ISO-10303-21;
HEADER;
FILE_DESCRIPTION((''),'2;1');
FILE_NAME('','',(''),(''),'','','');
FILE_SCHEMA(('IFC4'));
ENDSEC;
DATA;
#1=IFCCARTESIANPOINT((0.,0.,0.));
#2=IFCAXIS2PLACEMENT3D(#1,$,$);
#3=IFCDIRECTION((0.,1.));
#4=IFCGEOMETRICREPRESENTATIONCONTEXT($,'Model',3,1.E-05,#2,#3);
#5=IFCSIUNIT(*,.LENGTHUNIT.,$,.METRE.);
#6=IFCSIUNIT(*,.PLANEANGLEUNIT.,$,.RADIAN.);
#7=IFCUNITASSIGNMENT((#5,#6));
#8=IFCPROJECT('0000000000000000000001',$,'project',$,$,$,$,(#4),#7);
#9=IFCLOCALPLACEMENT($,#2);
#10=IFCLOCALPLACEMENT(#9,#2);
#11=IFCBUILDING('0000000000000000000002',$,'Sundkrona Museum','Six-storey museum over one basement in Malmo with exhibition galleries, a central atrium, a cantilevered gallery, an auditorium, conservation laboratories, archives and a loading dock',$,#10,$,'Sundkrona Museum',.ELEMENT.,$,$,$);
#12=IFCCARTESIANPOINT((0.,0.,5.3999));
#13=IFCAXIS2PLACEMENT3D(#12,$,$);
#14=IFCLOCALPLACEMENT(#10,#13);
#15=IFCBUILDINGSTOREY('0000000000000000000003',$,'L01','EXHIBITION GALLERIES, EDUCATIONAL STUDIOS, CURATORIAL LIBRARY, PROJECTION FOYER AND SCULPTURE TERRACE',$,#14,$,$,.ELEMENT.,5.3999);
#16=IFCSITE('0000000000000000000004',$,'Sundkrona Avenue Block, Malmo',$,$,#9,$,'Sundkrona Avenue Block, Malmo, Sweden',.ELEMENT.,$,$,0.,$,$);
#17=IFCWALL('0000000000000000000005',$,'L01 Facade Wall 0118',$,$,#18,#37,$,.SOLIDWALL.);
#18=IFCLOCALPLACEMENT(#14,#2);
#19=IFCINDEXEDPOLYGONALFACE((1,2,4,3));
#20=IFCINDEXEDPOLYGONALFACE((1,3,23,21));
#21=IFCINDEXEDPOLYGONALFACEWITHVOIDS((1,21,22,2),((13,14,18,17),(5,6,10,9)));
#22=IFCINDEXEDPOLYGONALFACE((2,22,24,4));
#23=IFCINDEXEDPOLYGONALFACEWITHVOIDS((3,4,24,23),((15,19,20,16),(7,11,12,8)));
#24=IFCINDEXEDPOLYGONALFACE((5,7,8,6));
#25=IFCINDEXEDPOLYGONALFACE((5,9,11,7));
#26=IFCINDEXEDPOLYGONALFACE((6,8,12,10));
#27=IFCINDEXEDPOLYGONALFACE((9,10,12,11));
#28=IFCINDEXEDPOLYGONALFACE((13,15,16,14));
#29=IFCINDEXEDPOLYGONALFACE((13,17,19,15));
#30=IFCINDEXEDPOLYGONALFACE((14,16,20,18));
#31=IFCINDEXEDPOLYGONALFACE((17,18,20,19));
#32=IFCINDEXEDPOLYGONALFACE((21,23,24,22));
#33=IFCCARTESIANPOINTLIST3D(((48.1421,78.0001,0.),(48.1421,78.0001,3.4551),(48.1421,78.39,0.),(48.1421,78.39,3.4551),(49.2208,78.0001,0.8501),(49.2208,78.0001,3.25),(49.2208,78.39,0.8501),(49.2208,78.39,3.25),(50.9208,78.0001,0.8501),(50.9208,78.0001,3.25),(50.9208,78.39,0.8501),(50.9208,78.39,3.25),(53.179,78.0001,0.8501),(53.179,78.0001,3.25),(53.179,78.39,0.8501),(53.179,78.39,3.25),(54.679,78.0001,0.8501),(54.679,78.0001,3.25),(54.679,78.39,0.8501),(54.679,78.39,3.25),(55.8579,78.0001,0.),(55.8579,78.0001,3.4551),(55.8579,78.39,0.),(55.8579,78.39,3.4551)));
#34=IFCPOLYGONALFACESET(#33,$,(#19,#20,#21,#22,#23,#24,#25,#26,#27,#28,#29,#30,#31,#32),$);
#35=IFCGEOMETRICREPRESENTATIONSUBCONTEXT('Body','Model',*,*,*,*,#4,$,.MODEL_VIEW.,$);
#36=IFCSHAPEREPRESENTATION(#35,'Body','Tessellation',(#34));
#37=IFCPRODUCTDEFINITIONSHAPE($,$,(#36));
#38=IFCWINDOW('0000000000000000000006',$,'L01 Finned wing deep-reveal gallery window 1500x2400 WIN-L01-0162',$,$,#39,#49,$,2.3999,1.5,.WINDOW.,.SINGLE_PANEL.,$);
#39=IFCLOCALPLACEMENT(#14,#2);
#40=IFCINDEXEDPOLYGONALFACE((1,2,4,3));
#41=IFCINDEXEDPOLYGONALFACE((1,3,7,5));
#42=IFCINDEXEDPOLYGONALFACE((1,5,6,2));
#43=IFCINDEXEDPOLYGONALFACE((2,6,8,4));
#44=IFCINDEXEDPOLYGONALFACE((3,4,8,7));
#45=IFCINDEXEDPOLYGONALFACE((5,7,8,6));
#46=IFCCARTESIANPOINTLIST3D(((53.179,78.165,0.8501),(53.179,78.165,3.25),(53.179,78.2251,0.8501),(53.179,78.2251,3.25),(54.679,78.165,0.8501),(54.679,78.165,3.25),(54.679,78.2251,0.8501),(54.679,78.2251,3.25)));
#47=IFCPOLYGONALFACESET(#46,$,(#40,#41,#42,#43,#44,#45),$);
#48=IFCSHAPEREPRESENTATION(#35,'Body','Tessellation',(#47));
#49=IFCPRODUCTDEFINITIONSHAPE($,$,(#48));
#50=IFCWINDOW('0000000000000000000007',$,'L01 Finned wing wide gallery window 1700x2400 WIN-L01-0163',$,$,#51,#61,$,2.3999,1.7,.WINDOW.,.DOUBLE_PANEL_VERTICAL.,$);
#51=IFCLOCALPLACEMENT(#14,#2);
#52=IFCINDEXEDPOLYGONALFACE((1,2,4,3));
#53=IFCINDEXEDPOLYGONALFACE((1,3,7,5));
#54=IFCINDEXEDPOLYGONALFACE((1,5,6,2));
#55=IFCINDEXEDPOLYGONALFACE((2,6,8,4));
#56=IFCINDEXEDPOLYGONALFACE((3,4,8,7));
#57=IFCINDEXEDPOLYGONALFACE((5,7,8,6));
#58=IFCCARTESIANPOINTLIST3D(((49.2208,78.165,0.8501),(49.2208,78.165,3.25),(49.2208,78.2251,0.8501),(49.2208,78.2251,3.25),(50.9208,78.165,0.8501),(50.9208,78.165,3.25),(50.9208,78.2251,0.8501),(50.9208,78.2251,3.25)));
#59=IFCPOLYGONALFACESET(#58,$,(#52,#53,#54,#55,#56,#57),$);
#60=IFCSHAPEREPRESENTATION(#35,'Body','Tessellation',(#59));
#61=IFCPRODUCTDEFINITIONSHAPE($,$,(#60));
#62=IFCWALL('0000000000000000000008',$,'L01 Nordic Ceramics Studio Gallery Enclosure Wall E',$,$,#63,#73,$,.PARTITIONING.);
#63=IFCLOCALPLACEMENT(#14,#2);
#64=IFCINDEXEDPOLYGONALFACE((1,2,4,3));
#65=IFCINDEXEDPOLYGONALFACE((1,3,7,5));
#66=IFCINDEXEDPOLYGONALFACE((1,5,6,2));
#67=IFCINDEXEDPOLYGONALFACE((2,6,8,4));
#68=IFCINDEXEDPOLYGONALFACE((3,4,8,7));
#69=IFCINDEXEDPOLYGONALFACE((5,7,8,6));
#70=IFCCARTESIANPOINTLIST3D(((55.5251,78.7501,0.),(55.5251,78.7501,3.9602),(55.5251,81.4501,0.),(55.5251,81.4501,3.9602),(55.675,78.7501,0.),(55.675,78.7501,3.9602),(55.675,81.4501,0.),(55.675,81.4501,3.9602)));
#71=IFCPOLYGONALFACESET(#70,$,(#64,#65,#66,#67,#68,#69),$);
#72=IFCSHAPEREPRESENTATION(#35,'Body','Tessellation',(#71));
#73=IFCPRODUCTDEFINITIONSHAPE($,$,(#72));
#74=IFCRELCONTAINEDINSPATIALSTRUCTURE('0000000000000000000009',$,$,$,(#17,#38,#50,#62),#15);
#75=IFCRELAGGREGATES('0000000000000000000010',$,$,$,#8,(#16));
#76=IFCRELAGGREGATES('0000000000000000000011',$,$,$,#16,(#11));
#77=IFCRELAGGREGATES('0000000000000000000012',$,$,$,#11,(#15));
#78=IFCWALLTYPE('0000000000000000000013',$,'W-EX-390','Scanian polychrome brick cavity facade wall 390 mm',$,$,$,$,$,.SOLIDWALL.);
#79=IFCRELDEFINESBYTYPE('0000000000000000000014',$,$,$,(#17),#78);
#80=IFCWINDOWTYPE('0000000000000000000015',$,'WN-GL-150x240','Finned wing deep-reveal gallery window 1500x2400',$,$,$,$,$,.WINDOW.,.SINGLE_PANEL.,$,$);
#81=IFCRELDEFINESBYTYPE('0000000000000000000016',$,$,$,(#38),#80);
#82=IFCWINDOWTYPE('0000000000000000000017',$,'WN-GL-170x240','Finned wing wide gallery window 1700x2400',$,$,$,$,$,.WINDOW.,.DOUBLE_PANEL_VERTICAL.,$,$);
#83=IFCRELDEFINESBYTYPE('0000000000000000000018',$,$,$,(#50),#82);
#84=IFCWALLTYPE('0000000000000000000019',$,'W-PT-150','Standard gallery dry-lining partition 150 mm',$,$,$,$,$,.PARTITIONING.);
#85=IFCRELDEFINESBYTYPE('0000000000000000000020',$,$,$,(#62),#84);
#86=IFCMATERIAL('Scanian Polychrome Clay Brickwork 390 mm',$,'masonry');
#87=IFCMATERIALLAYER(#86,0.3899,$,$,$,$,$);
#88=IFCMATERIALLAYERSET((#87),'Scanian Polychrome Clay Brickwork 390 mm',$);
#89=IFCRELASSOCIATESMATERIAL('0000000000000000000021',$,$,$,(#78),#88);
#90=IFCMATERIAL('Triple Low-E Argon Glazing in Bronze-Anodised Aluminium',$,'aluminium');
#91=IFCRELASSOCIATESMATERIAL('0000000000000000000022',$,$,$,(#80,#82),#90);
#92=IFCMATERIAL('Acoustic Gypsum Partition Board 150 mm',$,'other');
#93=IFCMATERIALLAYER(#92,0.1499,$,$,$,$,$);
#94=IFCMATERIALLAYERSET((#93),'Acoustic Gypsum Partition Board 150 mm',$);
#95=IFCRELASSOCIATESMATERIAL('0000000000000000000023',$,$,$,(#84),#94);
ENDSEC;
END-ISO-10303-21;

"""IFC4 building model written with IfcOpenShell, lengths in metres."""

from ifc_helpers import new_model, si_unit, direction, frame, frame_2d, origin, place, context, subcontext, project, spatial, rectangle, extrude, material, layer, layer_set, type_object, element, fill, save


model = new_model("IFC4")

# Units and contexts
model_context = context("Model", 3, precision=1e-05, world=origin(), true_north=direction((0.0, 1.0)))
body_context = subcontext(model_context, "Body", "Model", "MODEL_VIEW")
ifc_project = project(units=[si_unit("LENGTHUNIT", "METRE"), si_unit("PLANEANGLEUNIT", "RADIAN")], contexts=[model_context])

# Site, building, storey
site_placement = place(None, origin())
site = spatial("IfcSite", under=ifc_project, at=site_placement, Name="Sundkrona Avenue Block, Malmo", LongName="Sundkrona Avenue Block, Malmo, Sweden", CompositionType="ELEMENT", RefElevation=0.0)
building_placement = place(site_placement, origin())
building = spatial("IfcBuilding", under=site, at=building_placement, Name="Sundkrona Museum", Description="Six-storey museum over one basement in Malmo with exhibition galleries, a central atrium, a cantilevered gallery, an auditorium, conservation laboratories, archives and a loading dock", LongName="Sundkrona Museum", CompositionType="ELEMENT")
storey_placement = place(building_placement, frame((0.0, 0.0, 5.3999)))
storey = spatial("IfcBuildingStorey", under=building, at=storey_placement, Name="L01", Description="EXHIBITION GALLERIES, EDUCATIONAL STUDIOS, CURATORIAL LIBRARY, PROJECTION FOYER AND SCULPTURE TERRACE", CompositionType="ELEMENT", Elevation=5.3999)

# Wall, openings, windows
ifc_material_1 = material(Name="Scanian Polychrome Clay Brickwork 390 mm", Category="masonry")
ifc_layer_1 = layer(ifc_material_1, 0.3899)
ifc_layer_set_1 = layer_set([ifc_layer_1], Name="Scanian Polychrome Clay Brickwork 390 mm")
wall_type_1 = type_object("IfcWallType", Name="W-EX-390", Description="Scanian polychrome brick cavity facade wall 390 mm", PredefinedType="SOLIDWALL", material=ifc_layer_set_1)
ifc_material_2 = material(Name="Triple Low-E Argon Glazing in Bronze-Anodised Aluminium", Category="aluminium")
window_type_1 = type_object("IfcWindowType", Name="WN-GL-150x240", Description="Finned wing deep-reveal gallery window 1500x2400", PartitioningType="SINGLE_PANEL", PredefinedType="WINDOW", material=ifc_material_2)
window_type_2 = type_object("IfcWindowType", Name="WN-GL-170x240", Description="Finned wing wide gallery window 1700x2400", PartitioningType="DOUBLE_PANEL_VERTICAL", PredefinedType="WINDOW", material=ifc_material_2)
wall_1_placement = place(storey_placement, frame((55.8579, 78.1951, 0.0), z_axis=(0.0, 0.0, 1.0), x_axis=(-1.0, 0.0, 0.0)))
wall_1 = element("IfcWall", 1, at=wall_1_placement, inside=storey, type_object=wall_type_1, Name="L01 Facade Wall 0118", PredefinedType="SOLIDWALL", context=body_context, shape_type="SweptSolid", body=[
    extrude(rectangle(XDim=7.7158, YDim=0.3899, at=frame_2d((3.8579, 0.0))), origin(), (0.0, 0.0, 1.0), 3.4551),
])
opening_1_placement = place(wall_1_placement, frame((1.179, 0.0, 0.8501)))
opening_1 = element("IfcOpeningElement", 2, at=opening_1_placement, cuts=wall_1, PredefinedType="OPENING", context=body_context, shape_type="SweptSolid", body=[
    extrude(rectangle(XDim=1.5, YDim=2.3999, at=frame_2d((0.75, 1.2))), frame((0.0, 0.2048, 0.0), z_axis=(0.0, -1.0, 0.0), x_axis=(1.0, 0.0, 0.0)), (0.0, 0.0, 1.0), 0.4099),
])
opening_2_placement = place(wall_1_placement, frame((4.937, 0.0, 0.8501)))
opening_2 = element("IfcOpeningElement", 3, at=opening_2_placement, cuts=wall_1, PredefinedType="OPENING", context=body_context, shape_type="SweptSolid", body=[
    extrude(rectangle(XDim=1.7, YDim=2.3999, at=frame_2d((0.8501, 1.2))), frame((0.0, 0.2048, 0.0), z_axis=(0.0, -1.0, 0.0), x_axis=(1.0, 0.0, 0.0)), (0.0, 0.0, 1.0), 0.4099),
])
window_1_placement = place(opening_1_placement, origin())
window_1 = element("IfcWindow", 4, at=window_1_placement, inside=storey, type_object=window_type_1, Name="L01 Finned wing deep-reveal gallery window 1500x2400 WIN-L01-0162", OverallHeight=2.3999, OverallWidth=1.5, PartitioningType="SINGLE_PANEL", PredefinedType="WINDOW", context=body_context, shape_type="SweptSolid", body=[
    extrude(rectangle(XDim=1.5, YDim=2.3999, at=frame_2d((0.75, 1.2))), frame((0.0, 0.03, 0.0), z_axis=(0.0, -1.0, 0.0), x_axis=(1.0, 0.0, 0.0)), (0.0, 0.0, 1.0), 0.0601),
])
fill(opening_1, window_1)
window_2_placement = place(opening_2_placement, origin())
window_2 = element("IfcWindow", 5, at=window_2_placement, inside=storey, type_object=window_type_2, Name="L01 Finned wing wide gallery window 1700x2400 WIN-L01-0163", OverallHeight=2.3999, OverallWidth=1.7, PartitioningType="DOUBLE_PANEL_VERTICAL", PredefinedType="WINDOW", context=body_context, shape_type="SweptSolid", body=[
    extrude(rectangle(XDim=1.7, YDim=2.3999, at=frame_2d((0.8501, 1.2))), frame((0.0, 0.03, 0.0), z_axis=(0.0, -1.0, 0.0), x_axis=(1.0, 0.0, 0.0)), (0.0, 0.0, 1.0), 0.0601),
])
fill(opening_2, window_2)

# Wall
ifc_material_3 = material(Name="Acoustic Gypsum Partition Board 150 mm", Category="other")
ifc_layer_2 = layer(ifc_material_3, 0.1499)
ifc_layer_set_2 = layer_set([ifc_layer_2], Name="Acoustic Gypsum Partition Board 150 mm")
wall_type_2 = type_object("IfcWallType", Name="W-PT-150", Description="Standard gallery dry-lining partition 150 mm", PredefinedType="PARTITIONING", material=ifc_layer_set_2)
wall_2_placement = place(storey_placement, frame((55.6001, 78.75, 0.0), z_axis=(0.0, 0.0, 1.0), x_axis=(0.0, 1.0, 0.0)))
element("IfcWall", 6, at=wall_2_placement, inside=storey, type_object=wall_type_2, Name="L01 Nordic Ceramics Studio Gallery Enclosure Wall E", PredefinedType="PARTITIONING", context=body_context, shape_type="SweptSolid", body=[
    extrude(rectangle(XDim=2.7, YDim=0.1499, at=frame_2d((1.3501, 0.0))), origin(), (0.0, 0.0, 1.0), 3.9602),
])

save(model, "model.ifc")
